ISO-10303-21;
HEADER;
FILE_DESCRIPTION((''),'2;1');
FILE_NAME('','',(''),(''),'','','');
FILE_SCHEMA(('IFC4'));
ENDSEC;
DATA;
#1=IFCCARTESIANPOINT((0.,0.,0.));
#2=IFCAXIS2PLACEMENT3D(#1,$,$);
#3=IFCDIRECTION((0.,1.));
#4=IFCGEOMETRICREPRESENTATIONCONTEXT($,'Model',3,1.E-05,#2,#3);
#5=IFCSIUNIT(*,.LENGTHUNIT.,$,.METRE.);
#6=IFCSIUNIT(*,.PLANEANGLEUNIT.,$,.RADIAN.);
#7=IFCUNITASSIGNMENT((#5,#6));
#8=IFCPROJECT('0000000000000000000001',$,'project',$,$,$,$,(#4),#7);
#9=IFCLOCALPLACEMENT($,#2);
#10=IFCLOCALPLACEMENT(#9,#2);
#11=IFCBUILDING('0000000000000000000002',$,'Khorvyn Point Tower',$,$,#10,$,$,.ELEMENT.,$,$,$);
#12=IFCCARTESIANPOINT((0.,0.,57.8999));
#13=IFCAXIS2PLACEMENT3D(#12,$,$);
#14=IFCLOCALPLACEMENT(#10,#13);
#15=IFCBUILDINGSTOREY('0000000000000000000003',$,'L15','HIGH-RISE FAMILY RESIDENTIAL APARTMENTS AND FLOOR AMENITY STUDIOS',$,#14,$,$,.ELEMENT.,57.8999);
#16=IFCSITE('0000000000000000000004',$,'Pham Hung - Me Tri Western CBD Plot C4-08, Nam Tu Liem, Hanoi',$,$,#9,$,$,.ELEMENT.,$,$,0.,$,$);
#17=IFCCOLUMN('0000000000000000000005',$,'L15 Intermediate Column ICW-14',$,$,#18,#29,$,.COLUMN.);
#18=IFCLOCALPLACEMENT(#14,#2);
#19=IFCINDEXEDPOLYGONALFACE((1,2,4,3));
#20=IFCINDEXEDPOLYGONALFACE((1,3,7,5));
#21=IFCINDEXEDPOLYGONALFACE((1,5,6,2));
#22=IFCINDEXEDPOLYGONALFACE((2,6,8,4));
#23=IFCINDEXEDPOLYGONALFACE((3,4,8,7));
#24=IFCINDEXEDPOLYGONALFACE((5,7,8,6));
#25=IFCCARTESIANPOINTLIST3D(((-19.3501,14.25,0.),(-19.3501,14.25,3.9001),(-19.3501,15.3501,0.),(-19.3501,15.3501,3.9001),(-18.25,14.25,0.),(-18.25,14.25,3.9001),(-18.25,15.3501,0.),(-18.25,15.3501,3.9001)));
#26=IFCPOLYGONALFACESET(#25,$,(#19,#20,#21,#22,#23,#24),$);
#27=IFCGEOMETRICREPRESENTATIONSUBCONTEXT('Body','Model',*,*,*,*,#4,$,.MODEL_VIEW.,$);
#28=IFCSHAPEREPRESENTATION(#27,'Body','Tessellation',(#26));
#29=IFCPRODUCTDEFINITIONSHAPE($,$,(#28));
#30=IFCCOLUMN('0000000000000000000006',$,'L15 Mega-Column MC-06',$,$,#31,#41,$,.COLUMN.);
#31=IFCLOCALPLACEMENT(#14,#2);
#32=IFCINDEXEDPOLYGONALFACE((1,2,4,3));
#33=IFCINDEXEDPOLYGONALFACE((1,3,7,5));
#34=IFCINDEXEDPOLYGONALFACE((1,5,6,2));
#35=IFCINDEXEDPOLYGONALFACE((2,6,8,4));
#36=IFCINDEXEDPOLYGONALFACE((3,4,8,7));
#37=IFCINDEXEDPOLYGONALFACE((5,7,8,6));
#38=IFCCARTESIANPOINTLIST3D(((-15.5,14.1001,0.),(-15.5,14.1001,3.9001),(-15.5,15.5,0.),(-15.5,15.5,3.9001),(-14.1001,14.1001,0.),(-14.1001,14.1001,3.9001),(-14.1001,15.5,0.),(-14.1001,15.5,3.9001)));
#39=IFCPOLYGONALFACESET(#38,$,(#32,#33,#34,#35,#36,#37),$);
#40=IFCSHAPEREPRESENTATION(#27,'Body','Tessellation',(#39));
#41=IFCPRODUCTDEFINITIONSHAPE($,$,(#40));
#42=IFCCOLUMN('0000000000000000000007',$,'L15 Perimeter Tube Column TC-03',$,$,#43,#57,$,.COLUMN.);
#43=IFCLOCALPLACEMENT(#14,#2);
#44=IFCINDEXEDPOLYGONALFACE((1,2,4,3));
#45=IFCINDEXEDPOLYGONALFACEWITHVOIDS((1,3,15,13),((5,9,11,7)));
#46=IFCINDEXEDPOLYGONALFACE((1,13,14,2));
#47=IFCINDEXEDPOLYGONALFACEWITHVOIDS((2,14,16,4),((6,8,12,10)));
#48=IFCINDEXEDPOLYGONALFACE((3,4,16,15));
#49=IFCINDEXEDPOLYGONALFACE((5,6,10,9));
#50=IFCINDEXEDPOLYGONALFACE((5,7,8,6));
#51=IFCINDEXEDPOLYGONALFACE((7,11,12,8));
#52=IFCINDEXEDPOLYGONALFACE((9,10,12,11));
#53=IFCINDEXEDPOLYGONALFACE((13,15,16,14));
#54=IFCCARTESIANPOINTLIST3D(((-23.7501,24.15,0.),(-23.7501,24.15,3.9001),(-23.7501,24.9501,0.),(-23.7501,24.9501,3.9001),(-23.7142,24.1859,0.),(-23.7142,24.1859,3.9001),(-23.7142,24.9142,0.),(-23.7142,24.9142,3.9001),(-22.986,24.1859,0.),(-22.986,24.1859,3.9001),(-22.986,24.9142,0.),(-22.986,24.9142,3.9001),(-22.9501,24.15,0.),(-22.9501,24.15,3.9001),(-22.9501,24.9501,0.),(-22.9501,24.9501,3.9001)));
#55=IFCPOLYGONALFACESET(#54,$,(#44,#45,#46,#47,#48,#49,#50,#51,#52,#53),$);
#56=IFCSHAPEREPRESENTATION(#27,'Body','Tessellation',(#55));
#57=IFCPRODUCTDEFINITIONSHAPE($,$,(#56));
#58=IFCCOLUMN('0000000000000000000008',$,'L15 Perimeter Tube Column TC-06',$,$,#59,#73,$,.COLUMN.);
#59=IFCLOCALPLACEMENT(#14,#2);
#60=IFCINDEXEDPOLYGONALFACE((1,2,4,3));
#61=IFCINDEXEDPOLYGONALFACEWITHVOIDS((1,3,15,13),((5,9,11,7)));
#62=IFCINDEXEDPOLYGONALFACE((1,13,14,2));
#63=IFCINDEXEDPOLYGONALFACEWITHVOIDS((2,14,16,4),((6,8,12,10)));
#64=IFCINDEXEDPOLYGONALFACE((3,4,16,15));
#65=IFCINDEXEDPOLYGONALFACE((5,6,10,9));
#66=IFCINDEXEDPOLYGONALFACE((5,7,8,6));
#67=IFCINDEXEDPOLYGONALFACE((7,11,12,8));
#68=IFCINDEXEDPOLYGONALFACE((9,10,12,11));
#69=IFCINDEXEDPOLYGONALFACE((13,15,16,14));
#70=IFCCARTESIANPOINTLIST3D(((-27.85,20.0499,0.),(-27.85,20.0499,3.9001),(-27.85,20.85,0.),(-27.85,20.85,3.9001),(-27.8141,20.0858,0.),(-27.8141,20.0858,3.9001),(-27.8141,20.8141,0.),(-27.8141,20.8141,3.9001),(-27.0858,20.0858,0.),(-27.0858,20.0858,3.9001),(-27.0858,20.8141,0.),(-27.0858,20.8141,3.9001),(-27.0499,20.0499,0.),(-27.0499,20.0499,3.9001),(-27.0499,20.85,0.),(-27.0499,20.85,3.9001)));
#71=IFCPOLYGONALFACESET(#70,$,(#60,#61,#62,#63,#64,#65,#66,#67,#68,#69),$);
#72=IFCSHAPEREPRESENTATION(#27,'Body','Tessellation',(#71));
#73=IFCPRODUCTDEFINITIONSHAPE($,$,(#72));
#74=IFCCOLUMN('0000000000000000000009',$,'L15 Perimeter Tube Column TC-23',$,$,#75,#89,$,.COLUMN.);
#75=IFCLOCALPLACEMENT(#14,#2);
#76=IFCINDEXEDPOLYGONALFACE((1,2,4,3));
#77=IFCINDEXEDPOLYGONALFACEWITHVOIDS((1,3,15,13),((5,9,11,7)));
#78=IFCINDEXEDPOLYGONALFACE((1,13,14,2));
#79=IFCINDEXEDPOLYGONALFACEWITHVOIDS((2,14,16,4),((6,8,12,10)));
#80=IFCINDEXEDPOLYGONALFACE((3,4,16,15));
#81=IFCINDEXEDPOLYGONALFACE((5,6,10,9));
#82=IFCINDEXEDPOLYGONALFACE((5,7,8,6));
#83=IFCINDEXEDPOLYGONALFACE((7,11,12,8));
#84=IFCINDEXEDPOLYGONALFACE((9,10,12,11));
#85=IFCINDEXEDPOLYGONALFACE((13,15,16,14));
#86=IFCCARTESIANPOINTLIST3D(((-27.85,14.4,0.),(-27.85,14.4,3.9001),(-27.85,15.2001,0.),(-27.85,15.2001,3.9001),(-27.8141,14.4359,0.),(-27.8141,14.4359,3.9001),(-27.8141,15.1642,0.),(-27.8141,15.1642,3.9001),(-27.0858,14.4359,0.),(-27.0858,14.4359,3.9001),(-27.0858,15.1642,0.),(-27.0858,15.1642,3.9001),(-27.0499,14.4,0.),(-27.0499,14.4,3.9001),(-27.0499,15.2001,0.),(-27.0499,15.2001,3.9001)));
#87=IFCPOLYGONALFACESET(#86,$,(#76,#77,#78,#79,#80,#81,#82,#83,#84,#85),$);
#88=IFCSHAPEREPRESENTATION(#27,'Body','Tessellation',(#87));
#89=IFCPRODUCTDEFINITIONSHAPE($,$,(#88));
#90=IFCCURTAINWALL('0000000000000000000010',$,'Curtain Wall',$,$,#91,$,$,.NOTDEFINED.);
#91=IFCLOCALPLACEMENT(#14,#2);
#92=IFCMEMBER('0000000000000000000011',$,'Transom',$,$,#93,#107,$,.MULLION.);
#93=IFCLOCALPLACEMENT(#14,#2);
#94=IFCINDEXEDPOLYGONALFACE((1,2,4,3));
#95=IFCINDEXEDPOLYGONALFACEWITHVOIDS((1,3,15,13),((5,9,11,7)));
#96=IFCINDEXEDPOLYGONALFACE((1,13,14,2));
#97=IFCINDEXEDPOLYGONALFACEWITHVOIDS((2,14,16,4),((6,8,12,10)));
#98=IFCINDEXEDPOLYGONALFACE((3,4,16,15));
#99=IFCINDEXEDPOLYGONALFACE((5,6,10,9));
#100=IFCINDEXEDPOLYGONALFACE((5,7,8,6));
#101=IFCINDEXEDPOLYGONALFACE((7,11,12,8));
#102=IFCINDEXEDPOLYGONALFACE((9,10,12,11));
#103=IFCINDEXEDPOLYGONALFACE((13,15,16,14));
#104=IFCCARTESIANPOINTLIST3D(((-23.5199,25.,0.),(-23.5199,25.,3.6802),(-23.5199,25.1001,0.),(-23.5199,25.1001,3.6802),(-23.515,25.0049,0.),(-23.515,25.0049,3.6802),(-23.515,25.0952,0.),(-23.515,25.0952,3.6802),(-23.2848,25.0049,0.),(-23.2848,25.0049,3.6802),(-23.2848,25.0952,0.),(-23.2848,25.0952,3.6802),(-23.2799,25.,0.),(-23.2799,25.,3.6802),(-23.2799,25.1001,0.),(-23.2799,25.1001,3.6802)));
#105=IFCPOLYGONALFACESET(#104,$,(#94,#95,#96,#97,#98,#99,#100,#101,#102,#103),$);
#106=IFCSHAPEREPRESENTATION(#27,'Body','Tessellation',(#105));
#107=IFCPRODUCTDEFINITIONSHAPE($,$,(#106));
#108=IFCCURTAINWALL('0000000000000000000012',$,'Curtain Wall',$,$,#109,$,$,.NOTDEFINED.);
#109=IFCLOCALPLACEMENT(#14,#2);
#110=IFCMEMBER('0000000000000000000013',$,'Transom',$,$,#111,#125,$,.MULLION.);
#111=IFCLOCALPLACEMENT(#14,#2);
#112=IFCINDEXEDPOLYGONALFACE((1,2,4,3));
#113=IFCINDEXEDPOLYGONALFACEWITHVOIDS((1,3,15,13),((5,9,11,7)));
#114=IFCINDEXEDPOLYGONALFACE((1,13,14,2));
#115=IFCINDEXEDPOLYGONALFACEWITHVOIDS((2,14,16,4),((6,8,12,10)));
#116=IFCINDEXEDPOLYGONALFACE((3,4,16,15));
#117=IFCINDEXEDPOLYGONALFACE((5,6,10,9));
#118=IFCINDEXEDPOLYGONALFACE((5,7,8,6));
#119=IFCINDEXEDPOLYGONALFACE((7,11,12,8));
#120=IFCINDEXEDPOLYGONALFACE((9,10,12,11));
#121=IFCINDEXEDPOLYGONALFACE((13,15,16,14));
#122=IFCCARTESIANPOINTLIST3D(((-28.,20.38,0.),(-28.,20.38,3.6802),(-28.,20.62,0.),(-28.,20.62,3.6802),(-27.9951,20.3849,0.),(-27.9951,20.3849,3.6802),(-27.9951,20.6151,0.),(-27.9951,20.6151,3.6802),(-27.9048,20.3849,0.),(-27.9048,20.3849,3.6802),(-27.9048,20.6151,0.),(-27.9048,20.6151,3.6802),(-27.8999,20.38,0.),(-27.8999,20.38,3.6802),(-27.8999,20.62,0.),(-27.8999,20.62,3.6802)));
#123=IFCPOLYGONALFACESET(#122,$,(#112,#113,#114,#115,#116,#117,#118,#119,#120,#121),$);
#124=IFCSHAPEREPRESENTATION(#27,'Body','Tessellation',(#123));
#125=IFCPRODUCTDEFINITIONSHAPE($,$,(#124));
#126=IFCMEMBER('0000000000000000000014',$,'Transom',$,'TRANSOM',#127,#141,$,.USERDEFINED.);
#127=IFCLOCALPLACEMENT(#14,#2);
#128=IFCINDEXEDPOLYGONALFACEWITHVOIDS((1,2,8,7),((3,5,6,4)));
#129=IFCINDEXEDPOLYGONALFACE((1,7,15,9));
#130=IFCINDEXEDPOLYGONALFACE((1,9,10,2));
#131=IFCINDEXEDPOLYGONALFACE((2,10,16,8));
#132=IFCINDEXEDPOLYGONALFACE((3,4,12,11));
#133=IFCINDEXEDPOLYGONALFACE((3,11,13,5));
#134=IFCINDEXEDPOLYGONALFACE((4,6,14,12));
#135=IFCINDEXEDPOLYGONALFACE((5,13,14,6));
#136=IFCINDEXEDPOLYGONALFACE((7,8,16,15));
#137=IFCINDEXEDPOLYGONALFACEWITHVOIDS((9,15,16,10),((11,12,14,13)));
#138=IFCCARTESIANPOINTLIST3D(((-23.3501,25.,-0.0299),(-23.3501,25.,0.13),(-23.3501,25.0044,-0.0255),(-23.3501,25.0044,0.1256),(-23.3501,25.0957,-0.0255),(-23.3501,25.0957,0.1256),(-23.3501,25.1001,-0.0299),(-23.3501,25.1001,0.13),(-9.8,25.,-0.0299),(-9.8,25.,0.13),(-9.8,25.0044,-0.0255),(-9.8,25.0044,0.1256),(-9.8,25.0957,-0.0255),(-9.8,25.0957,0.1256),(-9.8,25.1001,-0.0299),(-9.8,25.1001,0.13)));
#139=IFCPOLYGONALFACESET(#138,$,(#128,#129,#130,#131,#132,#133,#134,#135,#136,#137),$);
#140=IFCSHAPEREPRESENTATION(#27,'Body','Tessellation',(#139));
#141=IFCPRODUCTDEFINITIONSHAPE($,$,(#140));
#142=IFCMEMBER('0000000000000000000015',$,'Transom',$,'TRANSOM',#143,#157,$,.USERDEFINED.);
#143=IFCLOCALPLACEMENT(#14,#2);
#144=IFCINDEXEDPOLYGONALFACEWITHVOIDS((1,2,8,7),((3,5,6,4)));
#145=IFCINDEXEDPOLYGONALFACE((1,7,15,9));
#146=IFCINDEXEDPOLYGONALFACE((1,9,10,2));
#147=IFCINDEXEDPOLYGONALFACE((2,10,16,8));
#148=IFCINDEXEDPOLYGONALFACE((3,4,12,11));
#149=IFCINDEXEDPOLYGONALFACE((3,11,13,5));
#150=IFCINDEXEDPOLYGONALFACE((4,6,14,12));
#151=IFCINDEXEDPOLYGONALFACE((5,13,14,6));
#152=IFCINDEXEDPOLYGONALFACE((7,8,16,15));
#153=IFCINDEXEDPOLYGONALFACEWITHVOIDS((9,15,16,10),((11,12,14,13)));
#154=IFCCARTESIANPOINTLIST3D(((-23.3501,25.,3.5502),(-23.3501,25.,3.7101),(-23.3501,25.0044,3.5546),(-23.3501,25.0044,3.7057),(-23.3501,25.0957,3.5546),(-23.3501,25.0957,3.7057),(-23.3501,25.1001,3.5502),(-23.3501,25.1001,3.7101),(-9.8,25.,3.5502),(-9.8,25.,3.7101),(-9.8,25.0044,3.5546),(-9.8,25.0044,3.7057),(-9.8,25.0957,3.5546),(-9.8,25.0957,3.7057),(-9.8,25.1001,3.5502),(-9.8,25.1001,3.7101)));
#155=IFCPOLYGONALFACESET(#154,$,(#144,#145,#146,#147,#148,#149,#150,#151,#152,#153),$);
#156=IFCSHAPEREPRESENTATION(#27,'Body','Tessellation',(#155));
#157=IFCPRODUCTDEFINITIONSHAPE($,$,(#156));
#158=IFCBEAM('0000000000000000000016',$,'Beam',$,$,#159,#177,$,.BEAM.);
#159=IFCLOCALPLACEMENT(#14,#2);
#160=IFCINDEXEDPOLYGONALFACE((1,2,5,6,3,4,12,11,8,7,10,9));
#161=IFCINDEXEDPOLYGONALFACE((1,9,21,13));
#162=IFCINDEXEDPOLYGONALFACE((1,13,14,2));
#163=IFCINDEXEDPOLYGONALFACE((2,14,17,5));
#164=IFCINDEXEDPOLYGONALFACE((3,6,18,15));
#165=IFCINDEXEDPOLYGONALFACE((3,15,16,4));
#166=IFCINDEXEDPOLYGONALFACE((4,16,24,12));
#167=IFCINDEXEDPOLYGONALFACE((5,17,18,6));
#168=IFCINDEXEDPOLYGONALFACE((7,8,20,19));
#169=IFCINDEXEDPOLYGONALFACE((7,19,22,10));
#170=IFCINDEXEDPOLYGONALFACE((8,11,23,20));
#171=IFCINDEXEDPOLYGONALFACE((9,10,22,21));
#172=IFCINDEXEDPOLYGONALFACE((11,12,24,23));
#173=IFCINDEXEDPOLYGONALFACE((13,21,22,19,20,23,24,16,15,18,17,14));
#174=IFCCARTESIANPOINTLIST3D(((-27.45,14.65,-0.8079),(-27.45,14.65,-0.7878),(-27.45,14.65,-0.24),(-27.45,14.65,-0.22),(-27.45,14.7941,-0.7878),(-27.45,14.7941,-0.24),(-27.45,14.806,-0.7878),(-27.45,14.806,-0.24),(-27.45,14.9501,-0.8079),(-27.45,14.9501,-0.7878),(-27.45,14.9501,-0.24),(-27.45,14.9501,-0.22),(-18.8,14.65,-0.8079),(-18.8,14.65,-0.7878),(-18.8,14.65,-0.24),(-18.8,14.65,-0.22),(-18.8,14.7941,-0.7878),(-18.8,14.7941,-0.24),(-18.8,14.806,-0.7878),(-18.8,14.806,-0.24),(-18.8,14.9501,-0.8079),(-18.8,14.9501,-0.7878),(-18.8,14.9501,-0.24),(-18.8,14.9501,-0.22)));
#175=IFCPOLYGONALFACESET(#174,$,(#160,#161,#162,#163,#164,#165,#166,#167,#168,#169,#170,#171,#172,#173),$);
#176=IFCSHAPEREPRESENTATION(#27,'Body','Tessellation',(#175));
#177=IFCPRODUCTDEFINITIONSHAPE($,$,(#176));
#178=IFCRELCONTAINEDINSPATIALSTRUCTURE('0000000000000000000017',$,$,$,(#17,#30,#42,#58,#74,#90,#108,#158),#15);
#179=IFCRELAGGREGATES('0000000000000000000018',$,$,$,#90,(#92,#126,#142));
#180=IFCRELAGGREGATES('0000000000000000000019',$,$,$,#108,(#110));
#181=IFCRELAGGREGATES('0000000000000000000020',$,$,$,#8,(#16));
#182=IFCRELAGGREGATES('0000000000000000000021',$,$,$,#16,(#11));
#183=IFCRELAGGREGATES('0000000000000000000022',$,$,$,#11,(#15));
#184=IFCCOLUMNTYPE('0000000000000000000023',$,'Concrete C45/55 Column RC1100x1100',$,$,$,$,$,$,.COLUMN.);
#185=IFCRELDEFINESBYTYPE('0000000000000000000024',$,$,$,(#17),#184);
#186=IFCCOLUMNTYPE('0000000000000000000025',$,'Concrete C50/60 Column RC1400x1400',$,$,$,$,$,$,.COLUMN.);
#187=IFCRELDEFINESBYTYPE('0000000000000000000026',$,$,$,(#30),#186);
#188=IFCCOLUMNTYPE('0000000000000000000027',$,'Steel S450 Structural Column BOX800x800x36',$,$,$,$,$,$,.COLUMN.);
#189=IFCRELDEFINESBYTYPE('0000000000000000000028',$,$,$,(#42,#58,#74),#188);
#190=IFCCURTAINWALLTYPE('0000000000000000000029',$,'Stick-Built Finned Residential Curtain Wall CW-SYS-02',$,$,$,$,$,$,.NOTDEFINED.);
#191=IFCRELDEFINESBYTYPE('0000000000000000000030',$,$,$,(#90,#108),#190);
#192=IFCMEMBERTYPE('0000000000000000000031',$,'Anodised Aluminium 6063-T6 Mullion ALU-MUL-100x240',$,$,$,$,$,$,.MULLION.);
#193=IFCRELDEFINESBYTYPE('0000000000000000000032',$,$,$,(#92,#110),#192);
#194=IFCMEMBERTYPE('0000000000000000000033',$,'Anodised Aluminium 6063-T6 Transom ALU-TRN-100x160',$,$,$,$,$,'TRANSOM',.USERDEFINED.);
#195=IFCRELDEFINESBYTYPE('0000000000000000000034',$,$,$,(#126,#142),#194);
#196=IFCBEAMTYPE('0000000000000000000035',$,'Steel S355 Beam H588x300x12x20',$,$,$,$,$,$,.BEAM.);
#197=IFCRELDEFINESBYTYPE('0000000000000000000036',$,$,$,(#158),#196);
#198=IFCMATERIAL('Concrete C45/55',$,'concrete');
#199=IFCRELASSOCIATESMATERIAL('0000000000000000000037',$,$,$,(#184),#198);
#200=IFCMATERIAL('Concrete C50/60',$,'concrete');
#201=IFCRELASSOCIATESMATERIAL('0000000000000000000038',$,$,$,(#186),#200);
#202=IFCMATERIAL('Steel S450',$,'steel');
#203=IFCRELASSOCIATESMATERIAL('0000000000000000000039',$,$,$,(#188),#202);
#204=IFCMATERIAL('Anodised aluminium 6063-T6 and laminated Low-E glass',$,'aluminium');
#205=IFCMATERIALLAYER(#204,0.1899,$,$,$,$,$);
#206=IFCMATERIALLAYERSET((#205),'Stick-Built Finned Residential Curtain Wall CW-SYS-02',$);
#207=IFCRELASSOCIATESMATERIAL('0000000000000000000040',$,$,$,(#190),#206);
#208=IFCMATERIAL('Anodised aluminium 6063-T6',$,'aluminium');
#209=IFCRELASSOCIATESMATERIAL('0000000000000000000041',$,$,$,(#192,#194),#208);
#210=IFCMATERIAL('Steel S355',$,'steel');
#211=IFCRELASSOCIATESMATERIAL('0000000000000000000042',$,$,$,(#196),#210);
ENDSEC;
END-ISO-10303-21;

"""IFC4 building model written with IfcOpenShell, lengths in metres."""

from ifc_helpers import new_model, si_unit, direction, frame, origin, origin_2d, place, context, subcontext, project, spatial, rectangle, hollow_rectangle, i_section, extrude, material, layer, layer_set, material_profile, profile_set, type_object, element, aggregate, save


model = new_model("IFC4")

# Units and contexts
model_context = context("Model", 3, precision=1e-05, world=origin(), true_north=direction((0.0, 1.0)))
body_context = subcontext(model_context, "Body", "Model", "MODEL_VIEW")
ifc_project = project(units=[si_unit("LENGTHUNIT", "METRE"), si_unit("PLANEANGLEUNIT", "RADIAN")], contexts=[model_context])

# Site, building, storey
site_placement = place(None, origin())
site = spatial("IfcSite", under=ifc_project, at=site_placement, Name="Pham Hung - Me Tri Western CBD Plot C4-08, Nam Tu Liem, Hanoi", CompositionType="ELEMENT", RefElevation=0.0)
building_placement = place(site_placement, origin())
building = spatial("IfcBuilding", under=site, at=building_placement, Name="Khorvyn Point Tower", CompositionType="ELEMENT")
storey_placement = place(building_placement, frame((0.0, 0.0, 57.8999)))
storey = spatial("IfcBuildingStorey", under=building, at=storey_placement, Name="L15", Description="HIGH-RISE FAMILY RESIDENTIAL APARTMENTS AND FLOOR AMENITY STUDIOS", CompositionType="ELEMENT", Elevation=57.8999)

# Columns
ifc_material_1 = material(Name="Concrete C45/55", Category="concrete")
ifc_material_profile_1 = material_profile(ifc_material_1, rectangle(XDim=1.1001, YDim=1.1001, at=origin_2d()))
ifc_profile_set_1 = profile_set([ifc_material_profile_1], Name="Concrete C45/55 RC1100x1100")
column_type_1 = type_object("IfcColumnType", Name="Concrete C45/55 Column RC1100x1100", PredefinedType="COLUMN", material=ifc_profile_set_1)
column_1_placement = place(storey_placement, frame((-18.8, 14.8, 0.0), z_axis=(0.0, 0.0, 1.0), x_axis=(1.0, 0.0, 0.0)))
element("IfcColumn", 1, at=column_1_placement, inside=storey, type_object=column_type_1, Name="L15 Intermediate Column ICW-14", PredefinedType="COLUMN", context=body_context, shape_type="SweptSolid", body=[
    extrude(rectangle(XDim=1.1001, YDim=1.1001, at=origin_2d()), origin(), (0.0, 0.0, 1.0), 3.9001),
])
ifc_material_2 = material(Name="Concrete C50/60", Category="concrete")
ifc_material_profile_2 = material_profile(ifc_material_2, rectangle(XDim=1.3999, YDim=1.3999, at=origin_2d()))
ifc_profile_set_2 = profile_set([ifc_material_profile_2], Name="Concrete C50/60 RC1400x1400")
column_type_2 = type_object("IfcColumnType", Name="Concrete C50/60 Column RC1400x1400", PredefinedType="COLUMN", material=ifc_profile_set_2)
column_2_placement = place(storey_placement, frame((-14.8, 14.8, 0.0), z_axis=(0.0, 0.0, 1.0), x_axis=(1.0, 0.0, 0.0)))
element("IfcColumn", 2, at=column_2_placement, inside=storey, type_object=column_type_2, Name="L15 Mega-Column MC-06", PredefinedType="COLUMN", context=body_context, shape_type="SweptSolid", body=[
    extrude(rectangle(XDim=1.3999, YDim=1.3999, at=origin_2d()), origin(), (0.0, 0.0, 1.0), 3.9001),
])
ifc_material_3 = material(Name="Steel S450", Category="steel")
ifc_material_profile_3 = material_profile(ifc_material_3, hollow_rectangle(XDim=0.8, YDim=0.8, WallThickness=0.0359, at=origin_2d()))
ifc_profile_set_3 = profile_set([ifc_material_profile_3], Name="Steel S450 BOX800x800x36")
column_type_3 = type_object("IfcColumnType", Name="Steel S450 Structural Column BOX800x800x36", PredefinedType="COLUMN", material=ifc_profile_set_3)
for number, where, z_axis, x_axis, name in (
    (3, (-23.3501, 24.55, 0.0), (0.0, 0.0, 1.0), (1.0, 0.0, 0.0), "L15 Perimeter Tube Column TC-03"),
    (4, (-27.45, 20.45, 0.0), (0.0, 0.0, 1.0), (1.0, 0.0, 0.0), "L15 Perimeter Tube Column TC-06"),
    (5, (-27.45, 14.8, 0.0), (0.0, 0.0, 1.0), (1.0, 0.0, 0.0), "L15 Perimeter Tube Column TC-23"),
):
    element("IfcColumn", number, at=place(storey_placement, frame(where, z_axis=z_axis, x_axis=x_axis)), inside=storey, type_object=column_type_3, Name=name, PredefinedType="COLUMN", context=body_context, shape_type="SweptSolid", body=[
        extrude(hollow_rectangle(XDim=0.8, YDim=0.8, WallThickness=0.0359, at=origin_2d()), origin(), (0.0, 0.0, 1.0), 3.9001),
    ])

# Curtain walls, members
ifc_material_4 = material(Name="Anodised aluminium 6063-T6 and laminated Low-E glass", Category="aluminium")
ifc_layer_1 = layer(ifc_material_4, 0.1899)
ifc_layer_set_1 = layer_set([ifc_layer_1], Name="Stick-Built Finned Residential Curtain Wall CW-SYS-02")
curtain_wall_type = type_object("IfcCurtainWallType", Name="Stick-Built Finned Residential Curtain Wall CW-SYS-02", PredefinedType="NOTDEFINED", material=ifc_layer_set_1)
curtain_wall_1_placement = place(storey_placement, origin())
curtain_wall_1 = element("IfcCurtainWall", 6, at=curtain_wall_1_placement, inside=storey, type_object=curtain_wall_type, Name="Curtain Wall", PredefinedType="NOTDEFINED")
ifc_material_5 = material(Name="Anodised aluminium 6063-T6", Category="aluminium")
ifc_material_profile_4 = material_profile(ifc_material_5, hollow_rectangle(XDim=0.1001, YDim=0.24, WallThickness=0.0049, at=origin_2d()))
ifc_profile_set_4 = profile_set([ifc_material_profile_4], Name="Anodised aluminium 6063-T6 ALU-MUL-100x240")
member_type_1 = type_object("IfcMemberType", Name="Anodised Aluminium 6063-T6 Mullion ALU-MUL-100x240", PredefinedType="MULLION", material=ifc_profile_set_4)
member_1_placement = place(storey_placement, frame((-23.3999, 25.05, 0.0), z_axis=(0.0, 0.0, 1.0), x_axis=(0.0, 1.0, 0.0)))
member_1 = element("IfcMember", 7, at=member_1_placement, type_object=member_type_1, Name="Transom", PredefinedType="MULLION", context=body_context, shape_type="SweptSolid", body=[
    extrude(hollow_rectangle(XDim=0.1001, YDim=0.24, WallThickness=0.0049, at=origin_2d()), origin(), (0.0, 0.0, 1.0), 3.6802),
])
curtain_wall_2_placement = place(storey_placement, origin())
curtain_wall_2 = element("IfcCurtainWall", 8, at=curtain_wall_2_placement, inside=storey, type_object=curtain_wall_type, Name="Curtain Wall", PredefinedType="NOTDEFINED")
member_2_placement = place(storey_placement, frame((-27.95, 20.5, 0.0), z_axis=(0.0, 0.0, 1.0), x_axis=(-1.0, 0.0, 0.0)))
member_2 = element("IfcMember", 9, at=member_2_placement, type_object=member_type_1, Name="Transom", PredefinedType="MULLION", context=body_context, shape_type="SweptSolid", body=[
    extrude(hollow_rectangle(XDim=0.1001, YDim=0.24, WallThickness=0.0049, at=origin_2d()), origin(), (0.0, 0.0, 1.0), 3.6802),
])

# Members
ifc_material_profile_5 = material_profile(ifc_material_5, hollow_rectangle(XDim=0.1001, YDim=0.1599, WallThickness=0.0044, at=origin_2d()))
ifc_profile_set_5 = profile_set([ifc_material_profile_5], Name="Anodised aluminium 6063-T6 ALU-TRN-100x160")
member_type_2 = type_object("IfcMemberType", Name="Anodised Aluminium 6063-T6 Transom ALU-TRN-100x160", ElementType="TRANSOM", PredefinedType="USERDEFINED", material=ifc_profile_set_5)
member_3_placement = place(storey_placement, frame((-23.3501, 25.05, 0.05), z_axis=(1.0, 0.0, 0.0), x_axis=(0.0, 1.0, 0.0)))
member_3 = element("IfcMember", 10, at=member_3_placement, type_object=member_type_2, Name="Transom", ObjectType="TRANSOM", PredefinedType="USERDEFINED", context=body_context, shape_type="SweptSolid", body=[
    extrude(hollow_rectangle(XDim=0.1001, YDim=0.1599, WallThickness=0.0044, at=origin_2d()), origin(), (0.0, 0.0, 1.0), 13.55),
])
member_4_placement = place(storey_placement, frame((-23.3501, 25.05, 3.6301), z_axis=(1.0, 0.0, 0.0), x_axis=(0.0, 1.0, 0.0)))
member_4 = element("IfcMember", 11, at=member_4_placement, type_object=member_type_2, Name="Transom", ObjectType="TRANSOM", PredefinedType="USERDEFINED", context=body_context, shape_type="SweptSolid", body=[
    extrude(hollow_rectangle(XDim=0.1001, YDim=0.1599, WallThickness=0.0044, at=origin_2d()), origin(), (0.0, 0.0, 1.0), 13.55),
])

# Beam
ifc_material_6 = material(Name="Steel S355", Category="steel")
ifc_material_profile_6 = material_profile(ifc_material_6, i_section(OverallWidth=0.3, OverallDepth=0.5879, WebThickness=0.012, FlangeThickness=0.02, at=origin_2d()))
ifc_profile_set_6 = profile_set([ifc_material_profile_6], Name="Steel S355 H588x300x12x20")
beam_type_1 = type_object("IfcBeamType", Name="Steel S355 Beam H588x300x12x20", PredefinedType="BEAM", material=ifc_profile_set_6)
beam_1_placement = place(storey_placement, frame((-27.45, 14.8, -0.5139), z_axis=(1.0, 0.0, 0.0), x_axis=(0.0, 1.0, 0.0)))
element("IfcBeam", 12, at=beam_1_placement, inside=storey, type_object=beam_type_1, Name="Beam", PredefinedType="BEAM", context=body_context, shape_type="SweptSolid", body=[
    extrude(i_section(OverallWidth=0.3, OverallDepth=0.5879, WebThickness=0.012, FlangeThickness=0.02, at=origin_2d()), origin(), (0.0, 0.0, 1.0), 8.6499),
])

aggregate(curtain_wall_1, [member_1, member_3, member_4])
aggregate(curtain_wall_2, [member_2])

save(model, "model.ifc")
